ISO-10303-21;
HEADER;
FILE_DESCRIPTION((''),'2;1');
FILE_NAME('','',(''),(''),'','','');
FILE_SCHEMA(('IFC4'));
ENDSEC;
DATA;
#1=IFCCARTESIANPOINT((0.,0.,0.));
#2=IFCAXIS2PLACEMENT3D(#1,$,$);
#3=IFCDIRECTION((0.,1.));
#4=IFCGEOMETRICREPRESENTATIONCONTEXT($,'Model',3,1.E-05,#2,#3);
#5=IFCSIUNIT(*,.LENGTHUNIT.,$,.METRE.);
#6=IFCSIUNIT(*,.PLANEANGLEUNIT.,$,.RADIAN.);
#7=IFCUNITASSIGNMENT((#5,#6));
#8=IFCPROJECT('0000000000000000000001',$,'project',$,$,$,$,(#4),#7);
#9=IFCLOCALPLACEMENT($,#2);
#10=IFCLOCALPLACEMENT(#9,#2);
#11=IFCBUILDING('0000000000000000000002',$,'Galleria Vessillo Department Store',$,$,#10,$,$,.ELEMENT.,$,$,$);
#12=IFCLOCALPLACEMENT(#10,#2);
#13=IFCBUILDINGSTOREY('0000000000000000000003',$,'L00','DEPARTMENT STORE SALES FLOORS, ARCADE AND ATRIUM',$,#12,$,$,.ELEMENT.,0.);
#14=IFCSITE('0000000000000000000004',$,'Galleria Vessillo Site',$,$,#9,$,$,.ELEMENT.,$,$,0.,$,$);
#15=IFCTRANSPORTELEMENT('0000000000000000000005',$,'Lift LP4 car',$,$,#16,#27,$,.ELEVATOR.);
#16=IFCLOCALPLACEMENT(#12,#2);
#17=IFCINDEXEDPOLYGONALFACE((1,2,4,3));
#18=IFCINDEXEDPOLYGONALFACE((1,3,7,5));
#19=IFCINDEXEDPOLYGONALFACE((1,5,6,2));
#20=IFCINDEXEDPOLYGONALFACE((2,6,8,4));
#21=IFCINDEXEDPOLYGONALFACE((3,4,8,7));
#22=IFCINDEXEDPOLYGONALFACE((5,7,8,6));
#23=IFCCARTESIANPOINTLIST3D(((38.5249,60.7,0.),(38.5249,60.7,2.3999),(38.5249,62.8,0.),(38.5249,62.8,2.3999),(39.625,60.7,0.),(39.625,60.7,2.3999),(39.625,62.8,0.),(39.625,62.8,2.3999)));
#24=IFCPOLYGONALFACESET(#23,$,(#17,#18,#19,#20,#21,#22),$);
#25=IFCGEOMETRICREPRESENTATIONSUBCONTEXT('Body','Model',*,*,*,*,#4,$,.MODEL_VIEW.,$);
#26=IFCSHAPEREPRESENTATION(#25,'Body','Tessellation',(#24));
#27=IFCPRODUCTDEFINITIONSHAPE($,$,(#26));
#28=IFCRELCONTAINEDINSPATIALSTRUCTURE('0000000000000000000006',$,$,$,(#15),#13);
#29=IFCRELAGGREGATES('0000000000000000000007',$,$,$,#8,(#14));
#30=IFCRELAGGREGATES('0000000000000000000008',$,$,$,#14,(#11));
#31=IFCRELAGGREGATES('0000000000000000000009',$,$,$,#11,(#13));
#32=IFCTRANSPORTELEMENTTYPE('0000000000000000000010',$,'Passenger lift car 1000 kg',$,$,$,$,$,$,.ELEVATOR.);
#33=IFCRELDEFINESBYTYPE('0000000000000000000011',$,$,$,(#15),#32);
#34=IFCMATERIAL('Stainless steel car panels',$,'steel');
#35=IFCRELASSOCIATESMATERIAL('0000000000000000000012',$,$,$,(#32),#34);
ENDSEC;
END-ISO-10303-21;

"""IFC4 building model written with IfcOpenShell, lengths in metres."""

from ifc_helpers import new_model, si_unit, direction, frame, origin, origin_2d, place, context, subcontext, project, spatial, rectangle, extrude, material, type_object, element, save


model = new_model("IFC4")

# Units and contexts
model_context = context("Model", 3, precision=1e-05, world=origin(), true_north=direction((0.0, 1.0)))
body_context = subcontext(model_context, "Body", "Model", "MODEL_VIEW")
ifc_project = project(units=[si_unit("LENGTHUNIT", "METRE"), si_unit("PLANEANGLEUNIT", "RADIAN")], contexts=[model_context])

# Site, building, storey
site_placement = place(None, origin())
site = spatial("IfcSite", under=ifc_project, at=site_placement, Name="Galleria Vessillo Site", CompositionType="ELEMENT", RefElevation=0.0)
building_placement = place(site_placement, origin())
building = spatial("IfcBuilding", under=site, at=building_placement, Name="Galleria Vessillo Department Store", CompositionType="ELEMENT")
storey_placement = place(building_placement, origin())
storey = spatial("IfcBuildingStorey", under=building, at=storey_placement, Name="L00", Description="DEPARTMENT STORE SALES FLOORS, ARCADE AND ATRIUM", CompositionType="ELEMENT", Elevation=0.0)

# Transport element
ifc_material_1 = material(Name="Stainless steel car panels", Category="steel")
transport_element_type = type_object("IfcTransportElementType", Name="Passenger lift car 1000 kg", PredefinedType="ELEVATOR", material=ifc_material_1)
transport_element_placement = place(storey_placement, frame((39.075, 61.75, 0.0), z_axis=(0.0, 0.0, 1.0), x_axis=(1.0, 0.0, 0.0)))
element("IfcTransportElement", 1, at=transport_element_placement, inside=storey, type_object=transport_element_type, Name="Lift LP4 car", PredefinedType="ELEVATOR", context=body_context, shape_type="SweptSolid", body=[
    extrude(rectangle(XDim=1.1001, YDim=2.1001, at=origin_2d()), origin(), (0.0, 0.0, 1.0), 2.3999),
])

save(model, "model.ifc")
